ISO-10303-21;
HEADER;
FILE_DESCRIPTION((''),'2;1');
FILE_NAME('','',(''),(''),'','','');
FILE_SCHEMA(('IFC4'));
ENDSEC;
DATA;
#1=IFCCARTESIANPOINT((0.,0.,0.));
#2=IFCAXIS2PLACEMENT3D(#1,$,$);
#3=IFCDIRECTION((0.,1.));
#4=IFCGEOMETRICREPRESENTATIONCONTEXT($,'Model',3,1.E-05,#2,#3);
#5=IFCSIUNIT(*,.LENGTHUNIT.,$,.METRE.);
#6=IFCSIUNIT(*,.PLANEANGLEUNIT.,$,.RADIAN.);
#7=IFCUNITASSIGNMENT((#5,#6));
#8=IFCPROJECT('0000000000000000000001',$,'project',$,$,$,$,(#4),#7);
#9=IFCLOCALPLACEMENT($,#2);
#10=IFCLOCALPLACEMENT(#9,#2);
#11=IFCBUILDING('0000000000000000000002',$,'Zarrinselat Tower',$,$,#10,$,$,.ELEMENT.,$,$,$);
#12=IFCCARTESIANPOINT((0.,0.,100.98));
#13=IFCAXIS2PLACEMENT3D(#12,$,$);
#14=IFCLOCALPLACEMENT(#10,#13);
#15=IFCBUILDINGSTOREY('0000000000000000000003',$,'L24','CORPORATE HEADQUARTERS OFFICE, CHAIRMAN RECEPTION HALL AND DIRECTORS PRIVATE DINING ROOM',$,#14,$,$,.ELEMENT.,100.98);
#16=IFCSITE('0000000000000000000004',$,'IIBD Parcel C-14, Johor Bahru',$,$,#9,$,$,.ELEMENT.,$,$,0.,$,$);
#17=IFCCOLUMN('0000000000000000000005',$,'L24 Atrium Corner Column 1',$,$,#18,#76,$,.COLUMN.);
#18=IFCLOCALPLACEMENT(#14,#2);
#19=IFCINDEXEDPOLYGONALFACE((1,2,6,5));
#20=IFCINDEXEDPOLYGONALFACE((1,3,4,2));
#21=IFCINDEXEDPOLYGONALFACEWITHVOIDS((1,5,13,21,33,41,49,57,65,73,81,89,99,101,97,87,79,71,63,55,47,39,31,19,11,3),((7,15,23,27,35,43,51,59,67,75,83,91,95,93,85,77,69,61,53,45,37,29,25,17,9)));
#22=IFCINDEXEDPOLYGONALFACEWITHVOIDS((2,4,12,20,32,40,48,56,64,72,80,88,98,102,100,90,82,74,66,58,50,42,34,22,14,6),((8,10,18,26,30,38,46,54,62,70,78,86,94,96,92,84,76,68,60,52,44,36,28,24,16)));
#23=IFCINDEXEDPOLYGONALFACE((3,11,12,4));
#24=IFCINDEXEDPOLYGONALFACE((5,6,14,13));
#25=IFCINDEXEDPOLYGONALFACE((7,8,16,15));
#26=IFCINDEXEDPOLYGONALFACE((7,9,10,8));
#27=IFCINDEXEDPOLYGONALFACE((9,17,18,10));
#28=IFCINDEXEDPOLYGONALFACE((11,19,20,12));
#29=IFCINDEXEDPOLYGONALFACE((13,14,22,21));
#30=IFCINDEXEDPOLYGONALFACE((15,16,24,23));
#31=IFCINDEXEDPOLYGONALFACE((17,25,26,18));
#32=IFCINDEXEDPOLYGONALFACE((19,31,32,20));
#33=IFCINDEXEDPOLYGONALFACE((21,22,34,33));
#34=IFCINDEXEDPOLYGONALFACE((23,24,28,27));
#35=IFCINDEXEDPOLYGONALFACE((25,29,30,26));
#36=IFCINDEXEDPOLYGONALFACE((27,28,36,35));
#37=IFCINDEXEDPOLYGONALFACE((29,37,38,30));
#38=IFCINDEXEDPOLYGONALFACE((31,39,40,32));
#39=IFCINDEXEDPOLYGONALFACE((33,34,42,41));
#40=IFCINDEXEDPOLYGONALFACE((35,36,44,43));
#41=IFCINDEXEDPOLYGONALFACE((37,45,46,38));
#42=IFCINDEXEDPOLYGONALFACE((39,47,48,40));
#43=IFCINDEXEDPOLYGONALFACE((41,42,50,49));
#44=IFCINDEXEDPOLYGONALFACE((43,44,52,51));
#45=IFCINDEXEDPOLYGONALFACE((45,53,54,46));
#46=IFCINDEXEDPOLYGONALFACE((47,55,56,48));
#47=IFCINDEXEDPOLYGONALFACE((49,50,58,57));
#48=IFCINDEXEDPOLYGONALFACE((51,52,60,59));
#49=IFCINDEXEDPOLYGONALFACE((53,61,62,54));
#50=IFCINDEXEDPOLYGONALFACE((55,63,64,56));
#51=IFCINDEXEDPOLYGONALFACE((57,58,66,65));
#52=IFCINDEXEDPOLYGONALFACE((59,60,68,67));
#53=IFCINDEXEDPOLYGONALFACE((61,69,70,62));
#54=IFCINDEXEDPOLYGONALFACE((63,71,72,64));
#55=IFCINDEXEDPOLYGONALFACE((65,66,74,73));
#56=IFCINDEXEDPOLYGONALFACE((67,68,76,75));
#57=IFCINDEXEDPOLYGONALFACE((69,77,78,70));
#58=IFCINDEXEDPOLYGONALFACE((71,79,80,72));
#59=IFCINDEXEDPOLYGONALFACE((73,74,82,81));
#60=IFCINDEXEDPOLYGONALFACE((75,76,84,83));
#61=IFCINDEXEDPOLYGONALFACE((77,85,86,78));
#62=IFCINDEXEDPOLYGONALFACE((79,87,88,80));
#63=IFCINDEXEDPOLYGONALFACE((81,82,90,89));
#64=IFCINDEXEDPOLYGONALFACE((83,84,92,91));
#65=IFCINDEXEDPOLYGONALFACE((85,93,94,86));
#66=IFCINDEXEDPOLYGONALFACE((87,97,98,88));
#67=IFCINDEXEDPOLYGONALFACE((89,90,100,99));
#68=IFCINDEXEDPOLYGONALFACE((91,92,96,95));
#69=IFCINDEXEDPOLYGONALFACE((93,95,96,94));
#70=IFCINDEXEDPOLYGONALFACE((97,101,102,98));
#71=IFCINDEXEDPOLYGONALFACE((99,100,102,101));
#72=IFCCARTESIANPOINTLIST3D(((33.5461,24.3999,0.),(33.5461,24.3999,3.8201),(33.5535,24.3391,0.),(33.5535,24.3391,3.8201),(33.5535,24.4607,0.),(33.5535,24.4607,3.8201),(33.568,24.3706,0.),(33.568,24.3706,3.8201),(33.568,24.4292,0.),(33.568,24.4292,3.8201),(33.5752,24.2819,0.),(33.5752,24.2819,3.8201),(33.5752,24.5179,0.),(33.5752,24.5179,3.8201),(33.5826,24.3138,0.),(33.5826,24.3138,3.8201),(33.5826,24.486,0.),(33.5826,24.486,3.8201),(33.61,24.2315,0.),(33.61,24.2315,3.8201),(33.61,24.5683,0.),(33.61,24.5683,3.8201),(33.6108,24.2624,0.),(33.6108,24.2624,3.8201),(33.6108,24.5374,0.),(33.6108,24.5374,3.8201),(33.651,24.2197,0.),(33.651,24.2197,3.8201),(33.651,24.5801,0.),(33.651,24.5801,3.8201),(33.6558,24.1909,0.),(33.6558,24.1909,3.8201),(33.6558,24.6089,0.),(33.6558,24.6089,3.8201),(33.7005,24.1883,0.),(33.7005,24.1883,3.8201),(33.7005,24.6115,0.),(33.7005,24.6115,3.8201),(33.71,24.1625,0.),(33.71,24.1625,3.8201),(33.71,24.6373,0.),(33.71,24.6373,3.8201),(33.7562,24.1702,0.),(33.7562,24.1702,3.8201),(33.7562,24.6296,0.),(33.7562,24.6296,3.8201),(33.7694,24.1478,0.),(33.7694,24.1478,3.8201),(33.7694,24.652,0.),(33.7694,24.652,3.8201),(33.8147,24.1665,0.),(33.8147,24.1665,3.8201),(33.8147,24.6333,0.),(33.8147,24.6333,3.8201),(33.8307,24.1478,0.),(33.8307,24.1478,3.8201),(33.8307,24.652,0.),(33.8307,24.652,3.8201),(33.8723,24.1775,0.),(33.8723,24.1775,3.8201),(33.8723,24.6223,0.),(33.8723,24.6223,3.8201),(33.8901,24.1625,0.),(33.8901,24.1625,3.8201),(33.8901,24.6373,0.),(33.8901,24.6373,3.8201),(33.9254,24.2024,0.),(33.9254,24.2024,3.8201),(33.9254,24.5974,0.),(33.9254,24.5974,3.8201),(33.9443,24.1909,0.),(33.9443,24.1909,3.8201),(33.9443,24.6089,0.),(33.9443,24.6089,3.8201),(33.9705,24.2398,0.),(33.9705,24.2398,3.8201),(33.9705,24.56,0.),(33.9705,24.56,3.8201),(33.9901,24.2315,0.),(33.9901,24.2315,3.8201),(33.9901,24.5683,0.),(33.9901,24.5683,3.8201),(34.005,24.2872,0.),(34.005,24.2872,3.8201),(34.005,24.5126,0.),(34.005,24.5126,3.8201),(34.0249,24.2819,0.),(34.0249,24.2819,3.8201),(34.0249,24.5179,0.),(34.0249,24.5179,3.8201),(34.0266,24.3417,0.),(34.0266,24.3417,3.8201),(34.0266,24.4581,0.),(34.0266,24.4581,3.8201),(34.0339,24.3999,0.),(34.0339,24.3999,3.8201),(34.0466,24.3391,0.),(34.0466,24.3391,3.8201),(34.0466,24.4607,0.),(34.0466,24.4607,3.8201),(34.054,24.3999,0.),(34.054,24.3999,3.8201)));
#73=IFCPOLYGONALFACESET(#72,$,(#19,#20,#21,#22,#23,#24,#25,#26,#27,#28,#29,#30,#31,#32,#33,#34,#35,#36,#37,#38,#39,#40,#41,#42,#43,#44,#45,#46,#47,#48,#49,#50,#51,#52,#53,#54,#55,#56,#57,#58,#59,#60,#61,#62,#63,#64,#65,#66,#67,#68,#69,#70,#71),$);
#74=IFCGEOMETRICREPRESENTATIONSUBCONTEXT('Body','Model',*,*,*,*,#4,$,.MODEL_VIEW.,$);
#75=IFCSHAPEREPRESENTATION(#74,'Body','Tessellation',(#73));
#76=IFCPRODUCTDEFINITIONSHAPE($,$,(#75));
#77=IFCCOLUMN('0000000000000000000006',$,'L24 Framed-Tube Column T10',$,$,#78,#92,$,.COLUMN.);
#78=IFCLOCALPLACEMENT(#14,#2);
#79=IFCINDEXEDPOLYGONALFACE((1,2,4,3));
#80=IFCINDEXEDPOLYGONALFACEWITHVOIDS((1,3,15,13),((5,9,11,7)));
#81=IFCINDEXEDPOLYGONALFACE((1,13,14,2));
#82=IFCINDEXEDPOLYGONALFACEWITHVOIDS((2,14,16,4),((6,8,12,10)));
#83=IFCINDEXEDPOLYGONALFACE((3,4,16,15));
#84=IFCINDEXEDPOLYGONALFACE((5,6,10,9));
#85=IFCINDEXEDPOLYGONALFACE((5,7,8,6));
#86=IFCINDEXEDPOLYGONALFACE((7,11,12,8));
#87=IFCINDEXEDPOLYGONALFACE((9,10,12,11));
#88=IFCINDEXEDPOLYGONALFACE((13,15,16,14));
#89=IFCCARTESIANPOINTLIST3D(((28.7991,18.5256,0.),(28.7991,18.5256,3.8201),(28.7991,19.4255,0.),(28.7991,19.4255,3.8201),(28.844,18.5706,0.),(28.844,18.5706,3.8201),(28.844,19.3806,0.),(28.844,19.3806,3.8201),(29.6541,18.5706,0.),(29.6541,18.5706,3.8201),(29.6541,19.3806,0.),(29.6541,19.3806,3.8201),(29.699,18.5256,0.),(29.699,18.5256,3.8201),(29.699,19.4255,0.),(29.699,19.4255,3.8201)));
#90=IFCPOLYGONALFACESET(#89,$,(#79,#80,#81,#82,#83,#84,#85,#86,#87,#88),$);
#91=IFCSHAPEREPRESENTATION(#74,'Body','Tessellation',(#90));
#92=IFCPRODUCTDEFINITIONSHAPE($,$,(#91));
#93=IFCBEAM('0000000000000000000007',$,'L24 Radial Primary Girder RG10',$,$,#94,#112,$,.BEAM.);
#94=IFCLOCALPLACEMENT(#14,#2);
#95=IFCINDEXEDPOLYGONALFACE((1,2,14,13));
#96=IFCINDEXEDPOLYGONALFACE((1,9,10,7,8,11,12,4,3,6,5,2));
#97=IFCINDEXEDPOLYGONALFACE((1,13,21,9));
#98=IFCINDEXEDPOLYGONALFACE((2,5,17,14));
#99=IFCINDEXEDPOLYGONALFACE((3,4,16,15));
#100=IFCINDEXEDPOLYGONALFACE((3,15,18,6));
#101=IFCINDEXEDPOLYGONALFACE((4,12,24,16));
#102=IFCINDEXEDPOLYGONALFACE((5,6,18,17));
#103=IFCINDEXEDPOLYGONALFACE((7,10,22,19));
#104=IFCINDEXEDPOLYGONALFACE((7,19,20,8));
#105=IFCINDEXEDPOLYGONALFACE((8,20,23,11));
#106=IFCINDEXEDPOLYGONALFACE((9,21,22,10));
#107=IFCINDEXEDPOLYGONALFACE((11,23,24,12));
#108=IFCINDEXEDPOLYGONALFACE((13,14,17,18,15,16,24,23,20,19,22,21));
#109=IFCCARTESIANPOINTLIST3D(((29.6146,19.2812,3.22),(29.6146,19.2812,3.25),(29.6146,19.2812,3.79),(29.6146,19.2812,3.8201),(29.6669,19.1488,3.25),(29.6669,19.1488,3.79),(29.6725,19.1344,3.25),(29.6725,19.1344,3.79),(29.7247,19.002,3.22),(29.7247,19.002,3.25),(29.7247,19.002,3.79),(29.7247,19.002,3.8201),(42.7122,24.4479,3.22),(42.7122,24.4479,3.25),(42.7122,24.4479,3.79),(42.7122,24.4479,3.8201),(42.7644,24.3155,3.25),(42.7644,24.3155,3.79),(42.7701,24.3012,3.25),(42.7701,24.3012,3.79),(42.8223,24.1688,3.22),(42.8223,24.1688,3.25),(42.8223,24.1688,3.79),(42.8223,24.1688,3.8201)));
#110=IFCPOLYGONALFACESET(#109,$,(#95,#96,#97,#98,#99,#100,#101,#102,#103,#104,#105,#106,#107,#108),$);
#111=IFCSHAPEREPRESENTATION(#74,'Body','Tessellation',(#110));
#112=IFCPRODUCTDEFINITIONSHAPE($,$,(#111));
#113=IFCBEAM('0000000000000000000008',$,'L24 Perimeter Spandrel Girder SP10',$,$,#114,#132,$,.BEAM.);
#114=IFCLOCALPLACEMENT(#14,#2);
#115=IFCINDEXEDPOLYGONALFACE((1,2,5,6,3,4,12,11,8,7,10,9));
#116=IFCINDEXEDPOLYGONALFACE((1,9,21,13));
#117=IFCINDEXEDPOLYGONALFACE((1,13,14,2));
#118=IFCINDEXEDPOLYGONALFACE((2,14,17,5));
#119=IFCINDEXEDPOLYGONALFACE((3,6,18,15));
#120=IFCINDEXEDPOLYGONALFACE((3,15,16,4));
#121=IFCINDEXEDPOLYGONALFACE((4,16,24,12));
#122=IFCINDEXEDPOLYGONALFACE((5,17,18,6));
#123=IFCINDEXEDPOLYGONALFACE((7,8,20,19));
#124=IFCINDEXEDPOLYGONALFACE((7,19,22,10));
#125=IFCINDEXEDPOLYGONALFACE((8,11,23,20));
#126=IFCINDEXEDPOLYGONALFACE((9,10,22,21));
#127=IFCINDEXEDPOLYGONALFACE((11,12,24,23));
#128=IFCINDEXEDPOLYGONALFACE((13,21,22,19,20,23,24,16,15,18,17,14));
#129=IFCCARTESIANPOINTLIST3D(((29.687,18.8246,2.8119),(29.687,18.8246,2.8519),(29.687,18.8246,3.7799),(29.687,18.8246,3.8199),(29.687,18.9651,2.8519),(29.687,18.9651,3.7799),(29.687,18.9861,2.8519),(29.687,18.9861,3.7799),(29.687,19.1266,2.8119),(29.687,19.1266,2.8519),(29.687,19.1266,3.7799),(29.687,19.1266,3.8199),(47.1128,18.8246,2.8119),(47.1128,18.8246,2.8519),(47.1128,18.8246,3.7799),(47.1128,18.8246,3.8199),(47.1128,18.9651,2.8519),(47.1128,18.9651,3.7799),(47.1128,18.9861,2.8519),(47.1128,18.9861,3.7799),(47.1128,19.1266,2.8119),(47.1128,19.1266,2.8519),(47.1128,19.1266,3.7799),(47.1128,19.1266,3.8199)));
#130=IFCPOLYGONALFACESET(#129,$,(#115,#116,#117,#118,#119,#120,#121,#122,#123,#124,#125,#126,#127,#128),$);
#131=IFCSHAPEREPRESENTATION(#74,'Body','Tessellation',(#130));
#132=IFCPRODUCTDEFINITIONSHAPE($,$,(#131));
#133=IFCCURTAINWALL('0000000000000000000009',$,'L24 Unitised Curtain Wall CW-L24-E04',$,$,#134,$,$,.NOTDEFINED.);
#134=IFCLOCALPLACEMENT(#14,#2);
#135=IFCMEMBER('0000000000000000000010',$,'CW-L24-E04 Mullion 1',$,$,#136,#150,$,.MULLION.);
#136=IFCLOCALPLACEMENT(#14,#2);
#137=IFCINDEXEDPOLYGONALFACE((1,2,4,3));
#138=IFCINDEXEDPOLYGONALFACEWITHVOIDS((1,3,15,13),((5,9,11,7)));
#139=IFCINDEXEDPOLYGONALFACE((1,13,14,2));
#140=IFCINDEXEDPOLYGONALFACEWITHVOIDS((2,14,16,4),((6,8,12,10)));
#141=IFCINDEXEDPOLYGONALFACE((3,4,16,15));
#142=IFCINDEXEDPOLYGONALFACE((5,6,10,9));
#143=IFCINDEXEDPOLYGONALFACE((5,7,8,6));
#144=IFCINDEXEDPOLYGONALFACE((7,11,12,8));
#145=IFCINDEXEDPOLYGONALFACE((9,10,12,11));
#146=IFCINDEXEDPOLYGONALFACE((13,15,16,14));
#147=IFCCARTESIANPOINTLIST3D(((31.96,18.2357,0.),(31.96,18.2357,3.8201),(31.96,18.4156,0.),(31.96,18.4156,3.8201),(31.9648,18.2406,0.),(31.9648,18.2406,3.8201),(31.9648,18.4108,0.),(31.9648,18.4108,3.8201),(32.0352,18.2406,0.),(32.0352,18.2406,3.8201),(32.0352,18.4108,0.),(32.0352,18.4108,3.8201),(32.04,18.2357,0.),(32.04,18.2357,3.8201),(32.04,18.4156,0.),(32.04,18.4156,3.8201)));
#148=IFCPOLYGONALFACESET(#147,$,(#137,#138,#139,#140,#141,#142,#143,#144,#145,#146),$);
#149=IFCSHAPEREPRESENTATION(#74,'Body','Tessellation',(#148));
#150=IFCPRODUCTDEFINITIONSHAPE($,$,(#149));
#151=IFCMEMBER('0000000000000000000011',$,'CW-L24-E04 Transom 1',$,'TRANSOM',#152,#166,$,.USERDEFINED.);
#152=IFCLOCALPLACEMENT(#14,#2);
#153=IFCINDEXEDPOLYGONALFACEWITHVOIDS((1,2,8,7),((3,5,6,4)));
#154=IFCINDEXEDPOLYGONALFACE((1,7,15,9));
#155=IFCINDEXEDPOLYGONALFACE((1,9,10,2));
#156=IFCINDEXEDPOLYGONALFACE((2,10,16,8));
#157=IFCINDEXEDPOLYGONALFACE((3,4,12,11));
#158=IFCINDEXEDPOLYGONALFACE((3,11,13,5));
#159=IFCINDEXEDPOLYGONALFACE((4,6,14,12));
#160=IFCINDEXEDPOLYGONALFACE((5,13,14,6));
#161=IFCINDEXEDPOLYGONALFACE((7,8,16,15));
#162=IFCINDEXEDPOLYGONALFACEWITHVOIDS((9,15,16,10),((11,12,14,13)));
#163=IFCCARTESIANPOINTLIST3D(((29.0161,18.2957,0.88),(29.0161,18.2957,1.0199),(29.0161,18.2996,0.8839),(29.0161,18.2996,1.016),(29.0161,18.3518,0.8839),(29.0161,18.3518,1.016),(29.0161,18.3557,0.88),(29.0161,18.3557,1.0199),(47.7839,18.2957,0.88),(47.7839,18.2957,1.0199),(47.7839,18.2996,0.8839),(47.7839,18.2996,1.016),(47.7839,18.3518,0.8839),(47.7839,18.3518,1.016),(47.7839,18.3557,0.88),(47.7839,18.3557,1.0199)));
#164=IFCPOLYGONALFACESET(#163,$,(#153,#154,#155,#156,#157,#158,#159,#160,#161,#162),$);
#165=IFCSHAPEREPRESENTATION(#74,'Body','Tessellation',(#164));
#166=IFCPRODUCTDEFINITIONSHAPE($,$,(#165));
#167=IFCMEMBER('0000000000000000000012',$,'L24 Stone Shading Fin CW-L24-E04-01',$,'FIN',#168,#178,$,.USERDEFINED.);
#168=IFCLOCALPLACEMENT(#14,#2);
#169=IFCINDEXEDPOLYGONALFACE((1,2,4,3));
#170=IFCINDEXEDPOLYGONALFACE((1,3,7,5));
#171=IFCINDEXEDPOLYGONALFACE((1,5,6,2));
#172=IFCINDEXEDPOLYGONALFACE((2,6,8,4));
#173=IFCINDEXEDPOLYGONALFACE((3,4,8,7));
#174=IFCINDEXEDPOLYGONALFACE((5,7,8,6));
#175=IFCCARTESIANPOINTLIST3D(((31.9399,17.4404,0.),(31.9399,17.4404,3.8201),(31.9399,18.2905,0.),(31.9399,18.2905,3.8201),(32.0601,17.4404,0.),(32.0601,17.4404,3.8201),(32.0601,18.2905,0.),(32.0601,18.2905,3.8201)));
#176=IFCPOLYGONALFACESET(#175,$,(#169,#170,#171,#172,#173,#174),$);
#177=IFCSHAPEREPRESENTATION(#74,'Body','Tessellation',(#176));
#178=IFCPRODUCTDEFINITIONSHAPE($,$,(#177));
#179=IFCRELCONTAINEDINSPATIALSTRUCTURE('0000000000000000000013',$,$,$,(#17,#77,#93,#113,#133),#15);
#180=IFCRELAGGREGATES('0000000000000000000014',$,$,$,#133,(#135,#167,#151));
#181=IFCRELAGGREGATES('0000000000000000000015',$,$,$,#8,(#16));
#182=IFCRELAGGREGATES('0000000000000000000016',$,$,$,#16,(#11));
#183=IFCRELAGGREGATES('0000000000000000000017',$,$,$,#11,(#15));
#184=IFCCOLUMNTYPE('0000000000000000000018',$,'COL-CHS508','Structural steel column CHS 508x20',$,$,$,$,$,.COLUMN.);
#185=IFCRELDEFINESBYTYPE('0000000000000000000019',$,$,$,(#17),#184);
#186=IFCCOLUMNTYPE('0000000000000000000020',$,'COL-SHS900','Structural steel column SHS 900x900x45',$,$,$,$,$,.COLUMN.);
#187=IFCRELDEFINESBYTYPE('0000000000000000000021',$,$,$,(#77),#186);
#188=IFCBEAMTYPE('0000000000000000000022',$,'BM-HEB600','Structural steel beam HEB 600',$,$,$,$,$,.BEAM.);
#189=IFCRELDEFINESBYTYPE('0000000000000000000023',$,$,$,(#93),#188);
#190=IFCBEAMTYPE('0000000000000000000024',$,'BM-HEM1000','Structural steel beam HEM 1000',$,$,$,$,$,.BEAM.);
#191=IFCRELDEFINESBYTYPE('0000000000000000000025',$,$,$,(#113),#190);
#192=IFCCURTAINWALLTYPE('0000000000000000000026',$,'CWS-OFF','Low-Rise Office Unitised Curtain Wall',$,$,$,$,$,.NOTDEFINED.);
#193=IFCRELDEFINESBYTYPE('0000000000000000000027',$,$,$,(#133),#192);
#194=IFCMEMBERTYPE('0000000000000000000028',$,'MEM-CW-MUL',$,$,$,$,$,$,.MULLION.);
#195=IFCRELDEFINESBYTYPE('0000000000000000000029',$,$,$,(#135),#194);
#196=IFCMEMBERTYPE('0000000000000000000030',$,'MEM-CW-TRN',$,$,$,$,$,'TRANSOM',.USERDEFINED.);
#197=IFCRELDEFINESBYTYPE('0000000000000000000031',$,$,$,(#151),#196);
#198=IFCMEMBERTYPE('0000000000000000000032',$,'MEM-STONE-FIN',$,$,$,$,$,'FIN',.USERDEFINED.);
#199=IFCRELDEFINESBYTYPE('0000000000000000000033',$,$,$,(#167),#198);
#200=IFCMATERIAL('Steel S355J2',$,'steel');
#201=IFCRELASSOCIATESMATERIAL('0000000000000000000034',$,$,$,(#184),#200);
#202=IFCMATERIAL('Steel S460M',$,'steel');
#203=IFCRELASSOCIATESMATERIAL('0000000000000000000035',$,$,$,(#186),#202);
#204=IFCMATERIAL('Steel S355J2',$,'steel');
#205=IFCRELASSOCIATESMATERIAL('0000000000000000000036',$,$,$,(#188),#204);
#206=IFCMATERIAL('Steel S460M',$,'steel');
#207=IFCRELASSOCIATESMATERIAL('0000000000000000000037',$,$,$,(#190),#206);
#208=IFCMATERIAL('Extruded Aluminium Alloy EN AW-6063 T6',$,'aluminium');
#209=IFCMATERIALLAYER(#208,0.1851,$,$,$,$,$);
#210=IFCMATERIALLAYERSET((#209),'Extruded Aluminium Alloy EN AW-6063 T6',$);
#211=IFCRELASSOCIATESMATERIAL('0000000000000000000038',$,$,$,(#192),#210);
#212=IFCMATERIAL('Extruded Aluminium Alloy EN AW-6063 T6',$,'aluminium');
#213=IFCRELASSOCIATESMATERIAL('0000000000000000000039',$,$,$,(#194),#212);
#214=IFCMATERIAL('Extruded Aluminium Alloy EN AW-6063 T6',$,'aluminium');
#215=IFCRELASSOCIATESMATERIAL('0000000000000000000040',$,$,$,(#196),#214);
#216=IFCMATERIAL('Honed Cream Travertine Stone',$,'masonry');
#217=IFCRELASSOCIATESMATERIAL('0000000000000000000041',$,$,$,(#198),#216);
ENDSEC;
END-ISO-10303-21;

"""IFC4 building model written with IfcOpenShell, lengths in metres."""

from ifc_helpers import new_model, si_unit, direction, frame, origin, origin_2d, place, context, subcontext, project, spatial, rectangle, hollow_rectangle, hollow_circle, i_section, extrude, material, layer, layer_set, material_profile, profile_set, type_object, element, aggregate, save


model = new_model("IFC4")

# Units and contexts
model_context = context("Model", 3, precision=1e-05, world=origin(), true_north=direction((0.0, 1.0)))
body_context = subcontext(model_context, "Body", "Model", "MODEL_VIEW")
ifc_project = project(units=[si_unit("LENGTHUNIT", "METRE"), si_unit("PLANEANGLEUNIT", "RADIAN")], contexts=[model_context])

# Site, building, storey
site_placement = place(None, origin())
site = spatial("IfcSite", under=ifc_project, at=site_placement, Name="IIBD Parcel C-14, Johor Bahru", CompositionType="ELEMENT", RefElevation=0.0)
building_placement = place(site_placement, origin())
building = spatial("IfcBuilding", under=site, at=building_placement, Name="Zarrinselat Tower", CompositionType="ELEMENT")
storey_placement = place(building_placement, frame((0.0, 0.0, 100.98)))
storey = spatial("IfcBuildingStorey", under=building, at=storey_placement, Name="L24", Description="CORPORATE HEADQUARTERS OFFICE, CHAIRMAN RECEPTION HALL AND DIRECTORS PRIVATE DINING ROOM", CompositionType="ELEMENT", Elevation=100.98)

# Columns
ifc_material_1 = material(Name="Steel S355J2", Category="steel")
ifc_material_profile_1 = material_profile(ifc_material_1, hollow_circle(Radius=0.2539, WallThickness=0.02, at=origin_2d()), Name="CHS 508x20")
ifc_profile_set_1 = profile_set([ifc_material_profile_1], Name="Steel S355J2")
column_type_1 = type_object("IfcColumnType", Name="COL-CHS508", Description="Structural steel column CHS 508x20", PredefinedType="COLUMN", material=ifc_profile_set_1)
column_1_placement = place(storey_placement, frame((33.8, 24.3999, 0.0), z_axis=(0.0, 0.0, 1.0), x_axis=(1.0, 0.0, 0.0)))
element("IfcColumn", 1, at=column_1_placement, inside=storey, type_object=column_type_1, Name="L24 Atrium Corner Column 1", PredefinedType="COLUMN", context=body_context, shape_type="SweptSolid", body=[
    extrude(hollow_circle(Radius=0.2539, WallThickness=0.02, at=origin_2d()), origin(), (0.0, 0.0, 1.0), 3.8201),
])
ifc_material_2 = material(Name="Steel S460M", Category="steel")
ifc_material_profile_2 = material_profile(ifc_material_2, hollow_rectangle(XDim=0.8999, YDim=0.8999, WallThickness=0.0449, at=origin_2d()), Name="SHS 900x900x45")
ifc_profile_set_2 = profile_set([ifc_material_profile_2], Name="Steel S460M")
column_type_2 = type_object("IfcColumnType", Name="COL-SHS900", Description="Structural steel column SHS 900x900x45", PredefinedType="COLUMN", material=ifc_profile_set_2)
column_2_placement = place(storey_placement, frame((29.249, 18.9756, 0.0), z_axis=(0.0, 0.0, 1.0), x_axis=(1.0, 0.0, 0.0)))
element("IfcColumn", 2, at=column_2_placement, inside=storey, type_object=column_type_2, Name="L24 Framed-Tube Column T10", PredefinedType="COLUMN", context=body_context, shape_type="SweptSolid", body=[
    extrude(hollow_rectangle(XDim=0.8999, YDim=0.8999, WallThickness=0.0449, at=origin_2d()), origin(), (0.0, 0.0, 1.0), 3.8201),
])

# Beams
ifc_material_3 = material(Name="Steel S355J2", Category="steel")
ifc_material_profile_3 = material_profile(ifc_material_3, i_section(OverallWidth=0.3, OverallDepth=0.6001, WebThickness=0.0154, FlangeThickness=0.03, at=origin_2d()), Name="HEB 600")
ifc_profile_set_3 = profile_set([ifc_material_profile_3], Name="Steel S355J2")
beam_type_1 = type_object("IfcBeamType", Name="BM-HEB600", Description="Structural steel beam HEB 600", PredefinedType="BEAM", material=ifc_profile_set_3)
beam_1_placement = place(storey_placement, frame((29.6697, 19.1416, 3.52), z_axis=(0.930237, 0.366959, 0.0), x_axis=(-0.366959, 0.930237, 0.0)))
element("IfcBeam", 3, at=beam_1_placement, inside=storey, type_object=beam_type_1, Name="L24 Radial Primary Girder RG10", PredefinedType="BEAM", context=body_context, shape_type="SweptSolid", body=[
    extrude(i_section(OverallWidth=0.3, OverallDepth=0.6001, WebThickness=0.0154, FlangeThickness=0.03, at=origin_2d()), origin(), (0.0, 0.0, 1.0), 14.0798),
])
ifc_material_4 = material(Name="Steel S460M", Category="steel")
ifc_material_profile_4 = material_profile(ifc_material_4, i_section(OverallWidth=0.302, OverallDepth=1.0081, WebThickness=0.021, FlangeThickness=0.04, at=origin_2d()), Name="HEM 1000")
ifc_profile_set_4 = profile_set([ifc_material_profile_4], Name="Steel S460M")
beam_type_2 = type_object("IfcBeamType", Name="BM-HEM1000", Description="Structural steel beam HEM 1000", PredefinedType="BEAM", material=ifc_profile_set_4)
beam_2_placement = place(storey_placement, frame((29.687, 18.9756, 3.3159), z_axis=(1.0, 0.0, 0.0), x_axis=(0.0, 1.0, 0.0)))
element("IfcBeam", 4, at=beam_2_placement, inside=storey, type_object=beam_type_2, Name="L24 Perimeter Spandrel Girder SP10", PredefinedType="BEAM", context=body_context, shape_type="SweptSolid", body=[
    extrude(i_section(OverallWidth=0.302, OverallDepth=1.0081, WebThickness=0.021, FlangeThickness=0.04, at=origin_2d()), origin(), (0.0, 0.0, 1.0), 17.4258),
])

# Curtain wall, members
ifc_material_5 = material(Name="Extruded Aluminium Alloy EN AW-6063 T6", Category="aluminium")
ifc_layer_1 = layer(ifc_material_5, 0.1851)
ifc_layer_set_1 = layer_set([ifc_layer_1], Name="Extruded Aluminium Alloy EN AW-6063 T6")
curtain_wall_type = type_object("IfcCurtainWallType", Name="CWS-OFF", Description="Low-Rise Office Unitised Curtain Wall", PredefinedType="NOTDEFINED", material=ifc_layer_set_1)
curtain_wall_placement = place(storey_placement, origin())
curtain_wall = element("IfcCurtainWall", 5, at=curtain_wall_placement, inside=storey, type_object=curtain_wall_type, Name="L24 Unitised Curtain Wall CW-L24-E04", PredefinedType="NOTDEFINED")
ifc_material_6 = material(Name="Extruded Aluminium Alloy EN AW-6063 T6", Category="aluminium")
ifc_material_profile_5 = material_profile(ifc_material_6, hollow_rectangle(XDim=0.0801, YDim=0.1799, WallThickness=0.0049, at=origin_2d()), Name="RHS 180x80x5")
ifc_profile_set_5 = profile_set([ifc_material_profile_5], Name="Extruded Aluminium Alloy EN AW-6063 T6")
member_type_1 = type_object("IfcMemberType", Name="MEM-CW-MUL", PredefinedType="MULLION", material=ifc_profile_set_5)
member_1_placement = place(storey_placement, frame((32.0, 18.3257, 0.0), z_axis=(0.0, 0.0, 1.0), x_axis=(1.0, 0.0, 0.0)))
member_1 = element("IfcMember", 6, at=member_1_placement, type_object=member_type_1, Name="CW-L24-E04 Mullion 1", PredefinedType="MULLION", context=body_context, shape_type="SweptSolid", body=[
    extrude(hollow_rectangle(XDim=0.0801, YDim=0.1799, WallThickness=0.0049, at=origin_2d()), origin(), (0.0, 0.0, 1.0), 3.8201),
])
ifc_material_7 = material(Name="Extruded Aluminium Alloy EN AW-6063 T6", Category="aluminium")
ifc_material_profile_6 = material_profile(ifc_material_7, hollow_rectangle(XDim=0.0601, YDim=0.1399, WallThickness=0.0039, at=origin_2d()), Name="RHS 140x60x4")
ifc_profile_set_6 = profile_set([ifc_material_profile_6], Name="Extruded Aluminium Alloy EN AW-6063 T6")
member_type_2 = type_object("IfcMemberType", Name="MEM-CW-TRN", ElementType="TRANSOM", PredefinedType="USERDEFINED", material=ifc_profile_set_6)
member_2_placement = place(storey_placement, frame((29.0161, 18.3257, 0.95), z_axis=(1.0, 0.0, 0.0), x_axis=(0.0, 1.0, 0.0)))
member_2 = element("IfcMember", 7, at=member_2_placement, type_object=member_type_2, Name="CW-L24-E04 Transom 1", ObjectType="TRANSOM", PredefinedType="USERDEFINED", context=body_context, shape_type="SweptSolid", body=[
    extrude(hollow_rectangle(XDim=0.0601, YDim=0.1399, WallThickness=0.0039, at=origin_2d()), origin(), (0.0, 0.0, 1.0), 18.7678),
])
ifc_material_8 = material(Name="Honed Cream Travertine Stone", Category="masonry")
ifc_material_profile_7 = material_profile(ifc_material_8, rectangle(XDim=0.1201, YDim=0.8501, at=origin_2d()), Name="FIN 850x120")
ifc_profile_set_7 = profile_set([ifc_material_profile_7], Name="Honed Cream Travertine Stone")
member_type_3 = type_object("IfcMemberType", Name="MEM-STONE-FIN", ElementType="FIN", PredefinedType="USERDEFINED", material=ifc_profile_set_7)
member_3_placement = place(storey_placement, frame((32.0, 17.8655, 0.0), z_axis=(0.0, 0.0, 1.0), x_axis=(-1.0, 0.0, 0.0)))
member_3 = element("IfcMember", 8, at=member_3_placement, type_object=member_type_3, Name="L24 Stone Shading Fin CW-L24-E04-01", ObjectType="FIN", PredefinedType="USERDEFINED", context=body_context, shape_type="SweptSolid", body=[
    extrude(rectangle(XDim=0.1201, YDim=0.8501, at=origin_2d()), origin(), (0.0, 0.0, 1.0), 3.8201),
])
aggregate(curtain_wall, [member_1, member_3, member_2])

save(model, "model.ifc")
